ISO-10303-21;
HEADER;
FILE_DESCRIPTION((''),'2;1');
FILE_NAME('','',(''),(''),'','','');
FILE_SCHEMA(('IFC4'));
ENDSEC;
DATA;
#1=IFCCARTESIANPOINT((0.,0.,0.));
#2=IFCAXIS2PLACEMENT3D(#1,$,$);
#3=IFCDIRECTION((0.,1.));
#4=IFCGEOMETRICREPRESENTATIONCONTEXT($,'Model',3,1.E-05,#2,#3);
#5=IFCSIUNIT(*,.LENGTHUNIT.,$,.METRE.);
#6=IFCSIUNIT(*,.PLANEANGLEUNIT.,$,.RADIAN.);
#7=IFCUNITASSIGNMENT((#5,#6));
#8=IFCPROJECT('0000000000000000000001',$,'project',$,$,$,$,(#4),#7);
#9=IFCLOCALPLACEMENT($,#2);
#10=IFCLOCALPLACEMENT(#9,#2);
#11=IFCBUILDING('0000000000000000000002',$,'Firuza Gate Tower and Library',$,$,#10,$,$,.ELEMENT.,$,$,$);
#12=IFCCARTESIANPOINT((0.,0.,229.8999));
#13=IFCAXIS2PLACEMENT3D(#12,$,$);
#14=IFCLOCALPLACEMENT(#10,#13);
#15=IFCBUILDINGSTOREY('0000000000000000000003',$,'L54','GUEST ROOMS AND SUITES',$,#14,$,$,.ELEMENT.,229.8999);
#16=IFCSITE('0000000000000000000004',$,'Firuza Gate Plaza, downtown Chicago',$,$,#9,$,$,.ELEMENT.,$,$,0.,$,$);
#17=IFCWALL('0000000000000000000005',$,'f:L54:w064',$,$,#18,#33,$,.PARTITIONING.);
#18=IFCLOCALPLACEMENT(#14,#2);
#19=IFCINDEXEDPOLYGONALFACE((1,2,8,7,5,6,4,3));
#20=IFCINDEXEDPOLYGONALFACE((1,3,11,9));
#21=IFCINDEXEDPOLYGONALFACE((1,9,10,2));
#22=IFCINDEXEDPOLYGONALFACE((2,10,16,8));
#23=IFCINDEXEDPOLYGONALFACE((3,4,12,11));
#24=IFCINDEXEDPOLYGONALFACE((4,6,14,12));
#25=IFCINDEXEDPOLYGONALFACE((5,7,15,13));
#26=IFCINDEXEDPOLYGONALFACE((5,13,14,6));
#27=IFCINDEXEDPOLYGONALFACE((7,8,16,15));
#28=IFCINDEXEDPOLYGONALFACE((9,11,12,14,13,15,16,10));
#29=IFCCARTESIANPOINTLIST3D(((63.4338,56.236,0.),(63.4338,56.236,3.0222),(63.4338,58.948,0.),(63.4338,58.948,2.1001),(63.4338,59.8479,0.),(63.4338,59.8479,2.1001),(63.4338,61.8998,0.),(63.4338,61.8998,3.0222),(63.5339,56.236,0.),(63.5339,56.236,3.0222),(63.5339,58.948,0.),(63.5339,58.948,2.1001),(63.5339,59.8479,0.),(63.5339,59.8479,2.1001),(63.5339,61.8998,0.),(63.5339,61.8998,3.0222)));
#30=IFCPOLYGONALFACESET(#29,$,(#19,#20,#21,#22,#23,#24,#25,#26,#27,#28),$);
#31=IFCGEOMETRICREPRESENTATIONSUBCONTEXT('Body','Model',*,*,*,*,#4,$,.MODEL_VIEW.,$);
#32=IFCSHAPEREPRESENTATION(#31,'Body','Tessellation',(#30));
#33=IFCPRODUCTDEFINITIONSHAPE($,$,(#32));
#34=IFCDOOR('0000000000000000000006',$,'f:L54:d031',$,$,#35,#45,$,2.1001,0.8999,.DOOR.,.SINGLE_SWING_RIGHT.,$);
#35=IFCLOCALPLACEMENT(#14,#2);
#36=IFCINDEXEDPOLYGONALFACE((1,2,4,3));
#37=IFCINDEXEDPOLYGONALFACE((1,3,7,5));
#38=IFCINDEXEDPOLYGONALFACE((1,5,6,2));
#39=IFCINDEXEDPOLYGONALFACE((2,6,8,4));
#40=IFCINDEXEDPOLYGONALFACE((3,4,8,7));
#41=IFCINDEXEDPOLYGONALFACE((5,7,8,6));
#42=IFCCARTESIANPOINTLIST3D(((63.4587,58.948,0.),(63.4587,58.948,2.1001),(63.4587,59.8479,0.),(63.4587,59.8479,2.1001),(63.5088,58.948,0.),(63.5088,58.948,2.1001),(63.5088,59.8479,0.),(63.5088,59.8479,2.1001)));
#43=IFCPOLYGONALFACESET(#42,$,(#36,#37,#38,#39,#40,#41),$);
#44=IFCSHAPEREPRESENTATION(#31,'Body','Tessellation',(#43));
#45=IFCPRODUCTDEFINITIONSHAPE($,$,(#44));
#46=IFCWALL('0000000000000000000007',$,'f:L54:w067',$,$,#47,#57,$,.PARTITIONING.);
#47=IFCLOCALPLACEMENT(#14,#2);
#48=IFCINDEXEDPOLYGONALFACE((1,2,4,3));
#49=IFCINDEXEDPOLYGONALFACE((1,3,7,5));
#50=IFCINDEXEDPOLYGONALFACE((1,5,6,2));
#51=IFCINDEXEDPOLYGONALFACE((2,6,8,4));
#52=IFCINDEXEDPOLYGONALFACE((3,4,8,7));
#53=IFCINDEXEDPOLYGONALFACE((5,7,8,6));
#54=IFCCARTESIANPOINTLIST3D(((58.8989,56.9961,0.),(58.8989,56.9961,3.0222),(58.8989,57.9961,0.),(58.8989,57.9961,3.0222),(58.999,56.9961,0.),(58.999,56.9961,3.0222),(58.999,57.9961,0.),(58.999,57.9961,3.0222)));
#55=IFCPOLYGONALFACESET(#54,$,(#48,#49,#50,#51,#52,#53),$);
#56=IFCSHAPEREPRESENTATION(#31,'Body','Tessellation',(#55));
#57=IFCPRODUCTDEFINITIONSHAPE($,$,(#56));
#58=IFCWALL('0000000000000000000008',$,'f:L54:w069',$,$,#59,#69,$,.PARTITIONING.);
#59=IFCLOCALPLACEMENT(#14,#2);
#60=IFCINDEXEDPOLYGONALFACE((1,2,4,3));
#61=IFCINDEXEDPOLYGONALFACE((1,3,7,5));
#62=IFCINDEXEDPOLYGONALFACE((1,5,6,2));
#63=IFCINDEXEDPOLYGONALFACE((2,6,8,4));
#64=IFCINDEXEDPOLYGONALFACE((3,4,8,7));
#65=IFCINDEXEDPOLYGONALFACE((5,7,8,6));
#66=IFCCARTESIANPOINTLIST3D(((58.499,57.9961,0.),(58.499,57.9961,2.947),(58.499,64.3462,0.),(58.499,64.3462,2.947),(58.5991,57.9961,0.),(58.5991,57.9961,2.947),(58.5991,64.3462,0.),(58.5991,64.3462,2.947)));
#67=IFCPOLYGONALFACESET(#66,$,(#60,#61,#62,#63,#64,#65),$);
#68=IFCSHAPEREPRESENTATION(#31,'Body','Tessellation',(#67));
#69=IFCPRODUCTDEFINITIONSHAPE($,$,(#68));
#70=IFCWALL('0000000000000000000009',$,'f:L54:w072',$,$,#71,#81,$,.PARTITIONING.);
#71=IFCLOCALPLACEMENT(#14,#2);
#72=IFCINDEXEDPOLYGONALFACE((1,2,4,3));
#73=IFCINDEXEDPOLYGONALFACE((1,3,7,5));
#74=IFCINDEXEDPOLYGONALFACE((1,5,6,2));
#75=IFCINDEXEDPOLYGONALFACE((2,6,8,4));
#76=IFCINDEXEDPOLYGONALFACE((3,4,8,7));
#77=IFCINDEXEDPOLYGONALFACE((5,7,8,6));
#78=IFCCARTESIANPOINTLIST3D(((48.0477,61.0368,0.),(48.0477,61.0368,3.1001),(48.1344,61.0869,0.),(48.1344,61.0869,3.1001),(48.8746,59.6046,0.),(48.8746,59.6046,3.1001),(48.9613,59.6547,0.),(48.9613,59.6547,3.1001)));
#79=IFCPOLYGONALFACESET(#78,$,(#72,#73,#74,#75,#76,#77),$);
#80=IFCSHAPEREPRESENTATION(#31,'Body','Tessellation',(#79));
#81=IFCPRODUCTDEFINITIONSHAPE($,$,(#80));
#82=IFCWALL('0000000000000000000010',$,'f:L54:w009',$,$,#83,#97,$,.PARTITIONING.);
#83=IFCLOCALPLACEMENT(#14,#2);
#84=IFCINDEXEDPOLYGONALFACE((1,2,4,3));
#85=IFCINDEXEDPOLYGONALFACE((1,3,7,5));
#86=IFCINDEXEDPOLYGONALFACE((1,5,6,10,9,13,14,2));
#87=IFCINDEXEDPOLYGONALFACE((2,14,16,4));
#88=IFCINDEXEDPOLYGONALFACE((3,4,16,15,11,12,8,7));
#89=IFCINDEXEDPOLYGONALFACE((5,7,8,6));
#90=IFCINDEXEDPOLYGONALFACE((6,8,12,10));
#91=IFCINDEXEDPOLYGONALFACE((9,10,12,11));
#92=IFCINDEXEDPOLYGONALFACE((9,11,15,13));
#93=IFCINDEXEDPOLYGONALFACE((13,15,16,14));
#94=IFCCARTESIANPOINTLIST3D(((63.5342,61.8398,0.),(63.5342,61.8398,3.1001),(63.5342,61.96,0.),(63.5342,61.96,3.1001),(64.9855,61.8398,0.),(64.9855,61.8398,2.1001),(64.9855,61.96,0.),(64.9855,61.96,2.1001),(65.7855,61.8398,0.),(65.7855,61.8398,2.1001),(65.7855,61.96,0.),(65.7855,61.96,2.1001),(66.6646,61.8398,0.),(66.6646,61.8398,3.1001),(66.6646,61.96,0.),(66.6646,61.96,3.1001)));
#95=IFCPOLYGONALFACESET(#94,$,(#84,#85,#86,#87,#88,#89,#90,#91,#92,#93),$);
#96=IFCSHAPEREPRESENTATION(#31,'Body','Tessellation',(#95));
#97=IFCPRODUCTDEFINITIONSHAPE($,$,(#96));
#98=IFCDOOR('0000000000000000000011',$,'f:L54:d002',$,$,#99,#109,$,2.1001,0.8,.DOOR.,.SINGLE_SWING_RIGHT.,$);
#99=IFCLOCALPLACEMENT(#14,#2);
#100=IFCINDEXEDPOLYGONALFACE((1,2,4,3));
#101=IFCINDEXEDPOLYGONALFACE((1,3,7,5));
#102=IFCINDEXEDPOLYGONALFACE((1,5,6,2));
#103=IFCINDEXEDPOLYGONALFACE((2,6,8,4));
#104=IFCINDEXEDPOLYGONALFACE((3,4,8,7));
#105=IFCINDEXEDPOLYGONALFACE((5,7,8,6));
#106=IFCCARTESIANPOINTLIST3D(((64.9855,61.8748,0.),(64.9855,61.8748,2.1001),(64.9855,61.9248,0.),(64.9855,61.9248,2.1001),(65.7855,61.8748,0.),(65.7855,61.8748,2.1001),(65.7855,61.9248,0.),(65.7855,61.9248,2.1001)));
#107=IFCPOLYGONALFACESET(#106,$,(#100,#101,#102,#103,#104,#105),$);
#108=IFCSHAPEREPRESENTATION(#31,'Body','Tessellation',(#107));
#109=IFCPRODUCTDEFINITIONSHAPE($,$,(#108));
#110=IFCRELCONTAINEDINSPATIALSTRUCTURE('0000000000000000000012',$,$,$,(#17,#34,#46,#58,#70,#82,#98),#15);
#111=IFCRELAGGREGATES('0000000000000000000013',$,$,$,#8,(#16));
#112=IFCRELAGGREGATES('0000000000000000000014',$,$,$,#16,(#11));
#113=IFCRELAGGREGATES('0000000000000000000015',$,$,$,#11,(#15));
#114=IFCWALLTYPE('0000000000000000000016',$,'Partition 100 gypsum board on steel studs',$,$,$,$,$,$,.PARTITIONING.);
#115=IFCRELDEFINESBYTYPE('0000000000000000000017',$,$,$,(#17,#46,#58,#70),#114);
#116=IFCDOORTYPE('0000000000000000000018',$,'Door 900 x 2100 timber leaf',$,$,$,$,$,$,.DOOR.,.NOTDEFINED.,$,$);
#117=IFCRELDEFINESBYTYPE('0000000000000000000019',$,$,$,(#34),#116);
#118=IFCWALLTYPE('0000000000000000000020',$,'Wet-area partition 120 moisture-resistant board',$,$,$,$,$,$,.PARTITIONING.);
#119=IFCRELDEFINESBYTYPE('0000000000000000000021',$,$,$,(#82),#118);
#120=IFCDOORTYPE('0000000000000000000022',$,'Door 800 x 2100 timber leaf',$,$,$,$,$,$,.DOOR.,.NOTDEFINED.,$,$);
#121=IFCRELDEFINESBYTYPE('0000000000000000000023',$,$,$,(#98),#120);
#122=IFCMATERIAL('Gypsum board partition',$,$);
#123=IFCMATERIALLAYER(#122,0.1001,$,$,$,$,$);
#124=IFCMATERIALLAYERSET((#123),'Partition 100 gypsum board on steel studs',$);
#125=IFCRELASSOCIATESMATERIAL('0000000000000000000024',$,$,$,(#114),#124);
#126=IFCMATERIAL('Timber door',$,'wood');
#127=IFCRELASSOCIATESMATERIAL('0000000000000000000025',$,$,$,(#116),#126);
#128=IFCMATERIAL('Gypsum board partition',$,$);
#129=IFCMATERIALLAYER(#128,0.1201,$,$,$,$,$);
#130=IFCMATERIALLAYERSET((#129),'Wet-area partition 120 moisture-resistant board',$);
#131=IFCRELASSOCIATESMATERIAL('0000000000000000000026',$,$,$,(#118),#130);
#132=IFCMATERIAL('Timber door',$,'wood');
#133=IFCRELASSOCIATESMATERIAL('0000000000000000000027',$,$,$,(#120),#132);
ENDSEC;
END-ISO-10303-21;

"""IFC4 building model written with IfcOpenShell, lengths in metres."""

from ifc_helpers import new_model, si_unit, direction, frame, frame_2d, origin, place, context, subcontext, project, spatial, rectangle, extrude, material, layer, layer_set, type_object, element, fill, save


model = new_model("IFC4")

# Units and contexts
model_context = context("Model", 3, precision=1e-05, world=origin(), true_north=direction((0.0, 1.0)))
body_context = subcontext(model_context, "Body", "Model", "MODEL_VIEW")
ifc_project = project(units=[si_unit("LENGTHUNIT", "METRE"), si_unit("PLANEANGLEUNIT", "RADIAN")], contexts=[model_context])

# Site, building, storey
site_placement = place(None, origin())
site = spatial("IfcSite", under=ifc_project, at=site_placement, Name="Firuza Gate Plaza, downtown Chicago", CompositionType="ELEMENT", RefElevation=0.0)
building_placement = place(site_placement, origin())
building = spatial("IfcBuilding", under=site, at=building_placement, Name="Firuza Gate Tower and Library", CompositionType="ELEMENT")
storey_placement = place(building_placement, frame((0.0, 0.0, 229.8999)))
storey = spatial("IfcBuildingStorey", under=building, at=storey_placement, Name="L54", Description="GUEST ROOMS AND SUITES", CompositionType="ELEMENT", Elevation=229.8999)

# Shared definitions
ifc_material_1 = material(Name="Gypsum board partition")
ifc_layer_1 = layer(ifc_material_1, 0.1001)
ifc_layer_set_1 = layer_set([ifc_layer_1], Name="Partition 100 gypsum board on steel studs")
wall_type_1 = type_object("IfcWallType", Name="Partition 100 gypsum board on steel studs", PredefinedType="PARTITIONING", material=ifc_layer_set_1)

# Wall, opening, door
wall_1_placement = place(storey_placement, frame((63.4839, 61.8999, 0.0), z_axis=(0.0, 0.0, 1.0), x_axis=(0.0, -1.0, 0.0)))
wall_1 = element("IfcWall", 1, at=wall_1_placement, inside=storey, type_object=wall_type_1, Name="f:L54:w064", PredefinedType="PARTITIONING", context=body_context, shape_type="SweptSolid", body=[
    extrude(rectangle(XDim=5.6638, YDim=0.1001, at=frame_2d((2.832, 0.0))), origin(), (0.0, 0.0, 1.0), 3.0222),
])
opening_1_placement = place(wall_1_placement, frame((2.052, 0.0, 0.0)))
opening_1 = element("IfcOpeningElement", 2, at=opening_1_placement, cuts=wall_1, PredefinedType="OPENING", context=body_context, shape_type="SweptSolid", body=[
    extrude(rectangle(XDim=0.8999, YDim=2.1001, at=frame_2d((0.45, 1.05))), frame((0.0, 0.0601, 0.0), z_axis=(0.0, -1.0, 0.0), x_axis=(1.0, 0.0, 0.0)), (0.0, 0.0, 1.0), 0.1201),
])
ifc_material_2 = material(Name="Timber door", Category="wood")
door_type_1 = type_object("IfcDoorType", Name="Door 900 x 2100 timber leaf", OperationType="NOTDEFINED", PredefinedType="DOOR", material=ifc_material_2)
door_1_placement = place(opening_1_placement, origin())
door_1 = element("IfcDoor", 3, at=door_1_placement, inside=storey, type_object=door_type_1, Name="f:L54:d031", OperationType="SINGLE_SWING_RIGHT", OverallHeight=2.1001, OverallWidth=0.8999, PredefinedType="DOOR", context=body_context, shape_type="SweptSolid", body=[
    extrude(rectangle(XDim=0.8999, YDim=2.1001, at=frame_2d((0.45, 1.05))), frame((0.0, 0.0249, 0.0), z_axis=(0.0, -1.0, 0.0), x_axis=(1.0, 0.0, 0.0)), (0.0, 0.0, 1.0), 0.05),
])
fill(opening_1, door_1)

# Walls
wall_2_placement = place(storey_placement, frame((58.949, 56.9961, 0.0), z_axis=(0.0, 0.0, 1.0), x_axis=(0.0, 1.0, 0.0)))
element("IfcWall", 4, at=wall_2_placement, inside=storey, type_object=wall_type_1, Name="f:L54:w067", PredefinedType="PARTITIONING", context=body_context, shape_type="SweptSolid", body=[
    extrude(rectangle(XDim=1.0, YDim=0.1001, at=frame_2d((0.5, 0.0))), origin(), (0.0, 0.0, 1.0), 3.0222),
])
wall_3_placement = place(storey_placement, frame((58.5491, 57.9961, 0.0), z_axis=(0.0, 0.0, 1.0), x_axis=(0.0, 1.0, 0.0)))
element("IfcWall", 5, at=wall_3_placement, inside=storey, type_object=wall_type_1, Name="f:L54:w069", PredefinedType="PARTITIONING", context=body_context, shape_type="SweptSolid", body=[
    extrude(rectangle(XDim=6.3501, YDim=0.1001, at=frame_2d((3.175, 0.0))), origin(), (0.0, 0.0, 1.0), 2.947),
])
wall_4_placement = place(storey_placement, frame((48.918, 59.6296, 0.0), z_axis=(0.0, 0.0, 1.0), x_axis=(-0.500029, 0.866009, 0.0)))
element("IfcWall", 6, at=wall_4_placement, inside=storey, type_object=wall_type_1, Name="f:L54:w072", PredefinedType="PARTITIONING", context=body_context, shape_type="SweptSolid", body=[
    extrude(rectangle(XDim=1.6538, YDim=0.1001, at=frame_2d((0.8269, 0.0))), origin(), (0.0, 0.0, 1.0), 3.1001),
])

# Wall, opening, door
ifc_material_3 = material(Name="Gypsum board partition")
ifc_layer_2 = layer(ifc_material_3, 0.1201)
ifc_layer_set_2 = layer_set([ifc_layer_2], Name="Wet-area partition 120 moisture-resistant board")
wall_type_2 = type_object("IfcWallType", Name="Wet-area partition 120 moisture-resistant board", PredefinedType="PARTITIONING", material=ifc_layer_set_2)
wall_5_placement = place(storey_placement, frame((63.5342, 61.8999, 0.0), z_axis=(0.0, 0.0, 1.0), x_axis=(1.0, 0.0, 0.0)))
wall_5 = element("IfcWall", 7, at=wall_5_placement, inside=storey, type_object=wall_type_2, Name="f:L54:w009", PredefinedType="PARTITIONING", context=body_context, shape_type="SweptSolid", body=[
    extrude(rectangle(XDim=3.1304, YDim=0.1201, at=frame_2d((1.5652, 0.0))), origin(), (0.0, 0.0, 1.0), 3.1001),
])
opening_2_placement = place(wall_5_placement, frame((1.4514, 0.0, 0.0)))
opening_2 = element("IfcOpeningElement", 8, at=opening_2_placement, cuts=wall_5, PredefinedType="OPENING", context=body_context, shape_type="SweptSolid", body=[
    extrude(rectangle(XDim=0.8, YDim=2.1001, at=frame_2d((0.3999, 1.05))), frame((0.0, 0.0701, 0.0), z_axis=(0.0, -1.0, 0.0), x_axis=(1.0, 0.0, 0.0)), (0.0, 0.0, 1.0), 0.1401),
])
ifc_material_4 = material(Name="Timber door", Category="wood")
door_type_2 = type_object("IfcDoorType", Name="Door 800 x 2100 timber leaf", OperationType="NOTDEFINED", PredefinedType="DOOR", material=ifc_material_4)
door_2_placement = place(opening_2_placement, origin())
door_2 = element("IfcDoor", 9, at=door_2_placement, inside=storey, type_object=door_type_2, Name="f:L54:d002", OperationType="SINGLE_SWING_RIGHT", OverallHeight=2.1001, OverallWidth=0.8, PredefinedType="DOOR", context=body_context, shape_type="SweptSolid", body=[
    extrude(rectangle(XDim=0.8, YDim=2.1001, at=frame_2d((0.3999, 1.05))), frame((0.0, 0.0249, 0.0), z_axis=(0.0, -1.0, 0.0), x_axis=(1.0, 0.0, 0.0)), (0.0, 0.0, 1.0), 0.05),
])
fill(opening_2, door_2)

save(model, "model.ifc")
